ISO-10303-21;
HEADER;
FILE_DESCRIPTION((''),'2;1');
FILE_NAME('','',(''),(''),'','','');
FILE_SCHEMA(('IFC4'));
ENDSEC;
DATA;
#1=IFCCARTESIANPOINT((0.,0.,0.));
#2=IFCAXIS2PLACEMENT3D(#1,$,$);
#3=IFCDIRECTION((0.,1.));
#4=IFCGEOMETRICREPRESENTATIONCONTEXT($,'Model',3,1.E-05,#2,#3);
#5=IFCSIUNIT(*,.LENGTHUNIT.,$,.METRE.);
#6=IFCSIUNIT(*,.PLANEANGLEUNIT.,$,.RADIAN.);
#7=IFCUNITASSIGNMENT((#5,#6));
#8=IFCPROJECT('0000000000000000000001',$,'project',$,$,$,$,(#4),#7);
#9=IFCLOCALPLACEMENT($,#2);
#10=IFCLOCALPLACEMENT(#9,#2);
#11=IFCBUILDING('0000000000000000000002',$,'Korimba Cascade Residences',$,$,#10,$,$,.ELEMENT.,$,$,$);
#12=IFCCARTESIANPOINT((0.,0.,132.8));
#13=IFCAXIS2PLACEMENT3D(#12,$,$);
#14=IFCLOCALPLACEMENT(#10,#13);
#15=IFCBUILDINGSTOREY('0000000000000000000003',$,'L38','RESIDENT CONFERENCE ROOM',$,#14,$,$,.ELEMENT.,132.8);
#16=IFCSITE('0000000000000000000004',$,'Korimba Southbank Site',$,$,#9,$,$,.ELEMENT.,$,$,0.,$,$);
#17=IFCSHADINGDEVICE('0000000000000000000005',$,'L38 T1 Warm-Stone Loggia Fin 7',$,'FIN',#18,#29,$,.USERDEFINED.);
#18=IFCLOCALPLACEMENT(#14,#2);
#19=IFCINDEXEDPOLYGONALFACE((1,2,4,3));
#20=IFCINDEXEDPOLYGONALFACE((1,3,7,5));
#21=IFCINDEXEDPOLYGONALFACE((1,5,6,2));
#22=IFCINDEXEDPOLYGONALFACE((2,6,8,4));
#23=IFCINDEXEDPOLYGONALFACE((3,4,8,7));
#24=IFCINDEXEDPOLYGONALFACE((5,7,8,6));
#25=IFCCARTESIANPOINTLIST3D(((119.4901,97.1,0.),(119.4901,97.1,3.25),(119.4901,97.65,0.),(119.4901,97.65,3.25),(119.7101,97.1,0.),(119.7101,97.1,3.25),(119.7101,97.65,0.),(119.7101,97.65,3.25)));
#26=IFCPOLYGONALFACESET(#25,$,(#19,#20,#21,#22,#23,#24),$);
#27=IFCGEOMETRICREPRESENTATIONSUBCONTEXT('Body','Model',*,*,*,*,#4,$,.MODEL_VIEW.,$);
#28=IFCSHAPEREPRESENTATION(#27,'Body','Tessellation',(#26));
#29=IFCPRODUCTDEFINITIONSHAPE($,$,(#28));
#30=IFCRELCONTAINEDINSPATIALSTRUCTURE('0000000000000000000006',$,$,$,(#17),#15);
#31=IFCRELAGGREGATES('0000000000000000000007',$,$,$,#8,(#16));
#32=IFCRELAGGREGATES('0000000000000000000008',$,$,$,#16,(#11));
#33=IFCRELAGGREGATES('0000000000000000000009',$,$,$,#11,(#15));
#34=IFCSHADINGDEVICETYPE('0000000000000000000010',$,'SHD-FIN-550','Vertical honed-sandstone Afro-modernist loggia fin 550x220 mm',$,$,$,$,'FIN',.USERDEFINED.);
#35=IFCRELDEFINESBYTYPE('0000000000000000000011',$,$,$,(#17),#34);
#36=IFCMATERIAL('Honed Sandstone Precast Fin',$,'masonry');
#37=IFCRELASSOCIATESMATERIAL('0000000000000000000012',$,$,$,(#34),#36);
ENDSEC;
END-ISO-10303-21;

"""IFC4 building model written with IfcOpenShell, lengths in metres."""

from ifc_helpers import new_model, si_unit, direction, frame, origin, origin_2d, place, context, subcontext, project, spatial, rectangle, extrude, material, type_object, element, save


model = new_model("IFC4")

# Units and contexts
model_context = context("Model", 3, precision=1e-05, world=origin(), true_north=direction((0.0, 1.0)))
body_context = subcontext(model_context, "Body", "Model", "MODEL_VIEW")
ifc_project = project(units=[si_unit("LENGTHUNIT", "METRE"), si_unit("PLANEANGLEUNIT", "RADIAN")], contexts=[model_context])

# Site, building, storey
site_placement = place(None, origin())
site = spatial("IfcSite", under=ifc_project, at=site_placement, Name="Korimba Southbank Site", CompositionType="ELEMENT", RefElevation=0.0)
building_placement = place(site_placement, origin())
building = spatial("IfcBuilding", under=site, at=building_placement, Name="Korimba Cascade Residences", CompositionType="ELEMENT")
storey_placement = place(building_placement, frame((0.0, 0.0, 132.8)))
storey = spatial("IfcBuildingStorey", under=building, at=storey_placement, Name="L38", Description="RESIDENT CONFERENCE ROOM", CompositionType="ELEMENT", Elevation=132.8)

# Shading device
ifc_material_1 = material(Name="Honed Sandstone Precast Fin", Category="masonry")
shading_device_type = type_object("IfcShadingDeviceType", Name="SHD-FIN-550", Description="Vertical honed-sandstone Afro-modernist loggia fin 550x220 mm", ElementType="FIN", PredefinedType="USERDEFINED", material=ifc_material_1)
shading_device_placement = place(storey_placement, frame((119.6001, 97.375, 0.0), z_axis=(0.0, 0.0, 1.0), x_axis=(1.0, 0.0, 0.0)))
element("IfcShadingDevice", 1, at=shading_device_placement, inside=storey, type_object=shading_device_type, Name="L38 T1 Warm-Stone Loggia Fin 7", ObjectType="FIN", PredefinedType="USERDEFINED", context=body_context, shape_type="SweptSolid", body=[
    extrude(rectangle(XDim=0.22, YDim=0.55, at=origin_2d()), origin(), (0.0, 0.0, 1.0), 3.25),
])

save(model, "model.ifc")
